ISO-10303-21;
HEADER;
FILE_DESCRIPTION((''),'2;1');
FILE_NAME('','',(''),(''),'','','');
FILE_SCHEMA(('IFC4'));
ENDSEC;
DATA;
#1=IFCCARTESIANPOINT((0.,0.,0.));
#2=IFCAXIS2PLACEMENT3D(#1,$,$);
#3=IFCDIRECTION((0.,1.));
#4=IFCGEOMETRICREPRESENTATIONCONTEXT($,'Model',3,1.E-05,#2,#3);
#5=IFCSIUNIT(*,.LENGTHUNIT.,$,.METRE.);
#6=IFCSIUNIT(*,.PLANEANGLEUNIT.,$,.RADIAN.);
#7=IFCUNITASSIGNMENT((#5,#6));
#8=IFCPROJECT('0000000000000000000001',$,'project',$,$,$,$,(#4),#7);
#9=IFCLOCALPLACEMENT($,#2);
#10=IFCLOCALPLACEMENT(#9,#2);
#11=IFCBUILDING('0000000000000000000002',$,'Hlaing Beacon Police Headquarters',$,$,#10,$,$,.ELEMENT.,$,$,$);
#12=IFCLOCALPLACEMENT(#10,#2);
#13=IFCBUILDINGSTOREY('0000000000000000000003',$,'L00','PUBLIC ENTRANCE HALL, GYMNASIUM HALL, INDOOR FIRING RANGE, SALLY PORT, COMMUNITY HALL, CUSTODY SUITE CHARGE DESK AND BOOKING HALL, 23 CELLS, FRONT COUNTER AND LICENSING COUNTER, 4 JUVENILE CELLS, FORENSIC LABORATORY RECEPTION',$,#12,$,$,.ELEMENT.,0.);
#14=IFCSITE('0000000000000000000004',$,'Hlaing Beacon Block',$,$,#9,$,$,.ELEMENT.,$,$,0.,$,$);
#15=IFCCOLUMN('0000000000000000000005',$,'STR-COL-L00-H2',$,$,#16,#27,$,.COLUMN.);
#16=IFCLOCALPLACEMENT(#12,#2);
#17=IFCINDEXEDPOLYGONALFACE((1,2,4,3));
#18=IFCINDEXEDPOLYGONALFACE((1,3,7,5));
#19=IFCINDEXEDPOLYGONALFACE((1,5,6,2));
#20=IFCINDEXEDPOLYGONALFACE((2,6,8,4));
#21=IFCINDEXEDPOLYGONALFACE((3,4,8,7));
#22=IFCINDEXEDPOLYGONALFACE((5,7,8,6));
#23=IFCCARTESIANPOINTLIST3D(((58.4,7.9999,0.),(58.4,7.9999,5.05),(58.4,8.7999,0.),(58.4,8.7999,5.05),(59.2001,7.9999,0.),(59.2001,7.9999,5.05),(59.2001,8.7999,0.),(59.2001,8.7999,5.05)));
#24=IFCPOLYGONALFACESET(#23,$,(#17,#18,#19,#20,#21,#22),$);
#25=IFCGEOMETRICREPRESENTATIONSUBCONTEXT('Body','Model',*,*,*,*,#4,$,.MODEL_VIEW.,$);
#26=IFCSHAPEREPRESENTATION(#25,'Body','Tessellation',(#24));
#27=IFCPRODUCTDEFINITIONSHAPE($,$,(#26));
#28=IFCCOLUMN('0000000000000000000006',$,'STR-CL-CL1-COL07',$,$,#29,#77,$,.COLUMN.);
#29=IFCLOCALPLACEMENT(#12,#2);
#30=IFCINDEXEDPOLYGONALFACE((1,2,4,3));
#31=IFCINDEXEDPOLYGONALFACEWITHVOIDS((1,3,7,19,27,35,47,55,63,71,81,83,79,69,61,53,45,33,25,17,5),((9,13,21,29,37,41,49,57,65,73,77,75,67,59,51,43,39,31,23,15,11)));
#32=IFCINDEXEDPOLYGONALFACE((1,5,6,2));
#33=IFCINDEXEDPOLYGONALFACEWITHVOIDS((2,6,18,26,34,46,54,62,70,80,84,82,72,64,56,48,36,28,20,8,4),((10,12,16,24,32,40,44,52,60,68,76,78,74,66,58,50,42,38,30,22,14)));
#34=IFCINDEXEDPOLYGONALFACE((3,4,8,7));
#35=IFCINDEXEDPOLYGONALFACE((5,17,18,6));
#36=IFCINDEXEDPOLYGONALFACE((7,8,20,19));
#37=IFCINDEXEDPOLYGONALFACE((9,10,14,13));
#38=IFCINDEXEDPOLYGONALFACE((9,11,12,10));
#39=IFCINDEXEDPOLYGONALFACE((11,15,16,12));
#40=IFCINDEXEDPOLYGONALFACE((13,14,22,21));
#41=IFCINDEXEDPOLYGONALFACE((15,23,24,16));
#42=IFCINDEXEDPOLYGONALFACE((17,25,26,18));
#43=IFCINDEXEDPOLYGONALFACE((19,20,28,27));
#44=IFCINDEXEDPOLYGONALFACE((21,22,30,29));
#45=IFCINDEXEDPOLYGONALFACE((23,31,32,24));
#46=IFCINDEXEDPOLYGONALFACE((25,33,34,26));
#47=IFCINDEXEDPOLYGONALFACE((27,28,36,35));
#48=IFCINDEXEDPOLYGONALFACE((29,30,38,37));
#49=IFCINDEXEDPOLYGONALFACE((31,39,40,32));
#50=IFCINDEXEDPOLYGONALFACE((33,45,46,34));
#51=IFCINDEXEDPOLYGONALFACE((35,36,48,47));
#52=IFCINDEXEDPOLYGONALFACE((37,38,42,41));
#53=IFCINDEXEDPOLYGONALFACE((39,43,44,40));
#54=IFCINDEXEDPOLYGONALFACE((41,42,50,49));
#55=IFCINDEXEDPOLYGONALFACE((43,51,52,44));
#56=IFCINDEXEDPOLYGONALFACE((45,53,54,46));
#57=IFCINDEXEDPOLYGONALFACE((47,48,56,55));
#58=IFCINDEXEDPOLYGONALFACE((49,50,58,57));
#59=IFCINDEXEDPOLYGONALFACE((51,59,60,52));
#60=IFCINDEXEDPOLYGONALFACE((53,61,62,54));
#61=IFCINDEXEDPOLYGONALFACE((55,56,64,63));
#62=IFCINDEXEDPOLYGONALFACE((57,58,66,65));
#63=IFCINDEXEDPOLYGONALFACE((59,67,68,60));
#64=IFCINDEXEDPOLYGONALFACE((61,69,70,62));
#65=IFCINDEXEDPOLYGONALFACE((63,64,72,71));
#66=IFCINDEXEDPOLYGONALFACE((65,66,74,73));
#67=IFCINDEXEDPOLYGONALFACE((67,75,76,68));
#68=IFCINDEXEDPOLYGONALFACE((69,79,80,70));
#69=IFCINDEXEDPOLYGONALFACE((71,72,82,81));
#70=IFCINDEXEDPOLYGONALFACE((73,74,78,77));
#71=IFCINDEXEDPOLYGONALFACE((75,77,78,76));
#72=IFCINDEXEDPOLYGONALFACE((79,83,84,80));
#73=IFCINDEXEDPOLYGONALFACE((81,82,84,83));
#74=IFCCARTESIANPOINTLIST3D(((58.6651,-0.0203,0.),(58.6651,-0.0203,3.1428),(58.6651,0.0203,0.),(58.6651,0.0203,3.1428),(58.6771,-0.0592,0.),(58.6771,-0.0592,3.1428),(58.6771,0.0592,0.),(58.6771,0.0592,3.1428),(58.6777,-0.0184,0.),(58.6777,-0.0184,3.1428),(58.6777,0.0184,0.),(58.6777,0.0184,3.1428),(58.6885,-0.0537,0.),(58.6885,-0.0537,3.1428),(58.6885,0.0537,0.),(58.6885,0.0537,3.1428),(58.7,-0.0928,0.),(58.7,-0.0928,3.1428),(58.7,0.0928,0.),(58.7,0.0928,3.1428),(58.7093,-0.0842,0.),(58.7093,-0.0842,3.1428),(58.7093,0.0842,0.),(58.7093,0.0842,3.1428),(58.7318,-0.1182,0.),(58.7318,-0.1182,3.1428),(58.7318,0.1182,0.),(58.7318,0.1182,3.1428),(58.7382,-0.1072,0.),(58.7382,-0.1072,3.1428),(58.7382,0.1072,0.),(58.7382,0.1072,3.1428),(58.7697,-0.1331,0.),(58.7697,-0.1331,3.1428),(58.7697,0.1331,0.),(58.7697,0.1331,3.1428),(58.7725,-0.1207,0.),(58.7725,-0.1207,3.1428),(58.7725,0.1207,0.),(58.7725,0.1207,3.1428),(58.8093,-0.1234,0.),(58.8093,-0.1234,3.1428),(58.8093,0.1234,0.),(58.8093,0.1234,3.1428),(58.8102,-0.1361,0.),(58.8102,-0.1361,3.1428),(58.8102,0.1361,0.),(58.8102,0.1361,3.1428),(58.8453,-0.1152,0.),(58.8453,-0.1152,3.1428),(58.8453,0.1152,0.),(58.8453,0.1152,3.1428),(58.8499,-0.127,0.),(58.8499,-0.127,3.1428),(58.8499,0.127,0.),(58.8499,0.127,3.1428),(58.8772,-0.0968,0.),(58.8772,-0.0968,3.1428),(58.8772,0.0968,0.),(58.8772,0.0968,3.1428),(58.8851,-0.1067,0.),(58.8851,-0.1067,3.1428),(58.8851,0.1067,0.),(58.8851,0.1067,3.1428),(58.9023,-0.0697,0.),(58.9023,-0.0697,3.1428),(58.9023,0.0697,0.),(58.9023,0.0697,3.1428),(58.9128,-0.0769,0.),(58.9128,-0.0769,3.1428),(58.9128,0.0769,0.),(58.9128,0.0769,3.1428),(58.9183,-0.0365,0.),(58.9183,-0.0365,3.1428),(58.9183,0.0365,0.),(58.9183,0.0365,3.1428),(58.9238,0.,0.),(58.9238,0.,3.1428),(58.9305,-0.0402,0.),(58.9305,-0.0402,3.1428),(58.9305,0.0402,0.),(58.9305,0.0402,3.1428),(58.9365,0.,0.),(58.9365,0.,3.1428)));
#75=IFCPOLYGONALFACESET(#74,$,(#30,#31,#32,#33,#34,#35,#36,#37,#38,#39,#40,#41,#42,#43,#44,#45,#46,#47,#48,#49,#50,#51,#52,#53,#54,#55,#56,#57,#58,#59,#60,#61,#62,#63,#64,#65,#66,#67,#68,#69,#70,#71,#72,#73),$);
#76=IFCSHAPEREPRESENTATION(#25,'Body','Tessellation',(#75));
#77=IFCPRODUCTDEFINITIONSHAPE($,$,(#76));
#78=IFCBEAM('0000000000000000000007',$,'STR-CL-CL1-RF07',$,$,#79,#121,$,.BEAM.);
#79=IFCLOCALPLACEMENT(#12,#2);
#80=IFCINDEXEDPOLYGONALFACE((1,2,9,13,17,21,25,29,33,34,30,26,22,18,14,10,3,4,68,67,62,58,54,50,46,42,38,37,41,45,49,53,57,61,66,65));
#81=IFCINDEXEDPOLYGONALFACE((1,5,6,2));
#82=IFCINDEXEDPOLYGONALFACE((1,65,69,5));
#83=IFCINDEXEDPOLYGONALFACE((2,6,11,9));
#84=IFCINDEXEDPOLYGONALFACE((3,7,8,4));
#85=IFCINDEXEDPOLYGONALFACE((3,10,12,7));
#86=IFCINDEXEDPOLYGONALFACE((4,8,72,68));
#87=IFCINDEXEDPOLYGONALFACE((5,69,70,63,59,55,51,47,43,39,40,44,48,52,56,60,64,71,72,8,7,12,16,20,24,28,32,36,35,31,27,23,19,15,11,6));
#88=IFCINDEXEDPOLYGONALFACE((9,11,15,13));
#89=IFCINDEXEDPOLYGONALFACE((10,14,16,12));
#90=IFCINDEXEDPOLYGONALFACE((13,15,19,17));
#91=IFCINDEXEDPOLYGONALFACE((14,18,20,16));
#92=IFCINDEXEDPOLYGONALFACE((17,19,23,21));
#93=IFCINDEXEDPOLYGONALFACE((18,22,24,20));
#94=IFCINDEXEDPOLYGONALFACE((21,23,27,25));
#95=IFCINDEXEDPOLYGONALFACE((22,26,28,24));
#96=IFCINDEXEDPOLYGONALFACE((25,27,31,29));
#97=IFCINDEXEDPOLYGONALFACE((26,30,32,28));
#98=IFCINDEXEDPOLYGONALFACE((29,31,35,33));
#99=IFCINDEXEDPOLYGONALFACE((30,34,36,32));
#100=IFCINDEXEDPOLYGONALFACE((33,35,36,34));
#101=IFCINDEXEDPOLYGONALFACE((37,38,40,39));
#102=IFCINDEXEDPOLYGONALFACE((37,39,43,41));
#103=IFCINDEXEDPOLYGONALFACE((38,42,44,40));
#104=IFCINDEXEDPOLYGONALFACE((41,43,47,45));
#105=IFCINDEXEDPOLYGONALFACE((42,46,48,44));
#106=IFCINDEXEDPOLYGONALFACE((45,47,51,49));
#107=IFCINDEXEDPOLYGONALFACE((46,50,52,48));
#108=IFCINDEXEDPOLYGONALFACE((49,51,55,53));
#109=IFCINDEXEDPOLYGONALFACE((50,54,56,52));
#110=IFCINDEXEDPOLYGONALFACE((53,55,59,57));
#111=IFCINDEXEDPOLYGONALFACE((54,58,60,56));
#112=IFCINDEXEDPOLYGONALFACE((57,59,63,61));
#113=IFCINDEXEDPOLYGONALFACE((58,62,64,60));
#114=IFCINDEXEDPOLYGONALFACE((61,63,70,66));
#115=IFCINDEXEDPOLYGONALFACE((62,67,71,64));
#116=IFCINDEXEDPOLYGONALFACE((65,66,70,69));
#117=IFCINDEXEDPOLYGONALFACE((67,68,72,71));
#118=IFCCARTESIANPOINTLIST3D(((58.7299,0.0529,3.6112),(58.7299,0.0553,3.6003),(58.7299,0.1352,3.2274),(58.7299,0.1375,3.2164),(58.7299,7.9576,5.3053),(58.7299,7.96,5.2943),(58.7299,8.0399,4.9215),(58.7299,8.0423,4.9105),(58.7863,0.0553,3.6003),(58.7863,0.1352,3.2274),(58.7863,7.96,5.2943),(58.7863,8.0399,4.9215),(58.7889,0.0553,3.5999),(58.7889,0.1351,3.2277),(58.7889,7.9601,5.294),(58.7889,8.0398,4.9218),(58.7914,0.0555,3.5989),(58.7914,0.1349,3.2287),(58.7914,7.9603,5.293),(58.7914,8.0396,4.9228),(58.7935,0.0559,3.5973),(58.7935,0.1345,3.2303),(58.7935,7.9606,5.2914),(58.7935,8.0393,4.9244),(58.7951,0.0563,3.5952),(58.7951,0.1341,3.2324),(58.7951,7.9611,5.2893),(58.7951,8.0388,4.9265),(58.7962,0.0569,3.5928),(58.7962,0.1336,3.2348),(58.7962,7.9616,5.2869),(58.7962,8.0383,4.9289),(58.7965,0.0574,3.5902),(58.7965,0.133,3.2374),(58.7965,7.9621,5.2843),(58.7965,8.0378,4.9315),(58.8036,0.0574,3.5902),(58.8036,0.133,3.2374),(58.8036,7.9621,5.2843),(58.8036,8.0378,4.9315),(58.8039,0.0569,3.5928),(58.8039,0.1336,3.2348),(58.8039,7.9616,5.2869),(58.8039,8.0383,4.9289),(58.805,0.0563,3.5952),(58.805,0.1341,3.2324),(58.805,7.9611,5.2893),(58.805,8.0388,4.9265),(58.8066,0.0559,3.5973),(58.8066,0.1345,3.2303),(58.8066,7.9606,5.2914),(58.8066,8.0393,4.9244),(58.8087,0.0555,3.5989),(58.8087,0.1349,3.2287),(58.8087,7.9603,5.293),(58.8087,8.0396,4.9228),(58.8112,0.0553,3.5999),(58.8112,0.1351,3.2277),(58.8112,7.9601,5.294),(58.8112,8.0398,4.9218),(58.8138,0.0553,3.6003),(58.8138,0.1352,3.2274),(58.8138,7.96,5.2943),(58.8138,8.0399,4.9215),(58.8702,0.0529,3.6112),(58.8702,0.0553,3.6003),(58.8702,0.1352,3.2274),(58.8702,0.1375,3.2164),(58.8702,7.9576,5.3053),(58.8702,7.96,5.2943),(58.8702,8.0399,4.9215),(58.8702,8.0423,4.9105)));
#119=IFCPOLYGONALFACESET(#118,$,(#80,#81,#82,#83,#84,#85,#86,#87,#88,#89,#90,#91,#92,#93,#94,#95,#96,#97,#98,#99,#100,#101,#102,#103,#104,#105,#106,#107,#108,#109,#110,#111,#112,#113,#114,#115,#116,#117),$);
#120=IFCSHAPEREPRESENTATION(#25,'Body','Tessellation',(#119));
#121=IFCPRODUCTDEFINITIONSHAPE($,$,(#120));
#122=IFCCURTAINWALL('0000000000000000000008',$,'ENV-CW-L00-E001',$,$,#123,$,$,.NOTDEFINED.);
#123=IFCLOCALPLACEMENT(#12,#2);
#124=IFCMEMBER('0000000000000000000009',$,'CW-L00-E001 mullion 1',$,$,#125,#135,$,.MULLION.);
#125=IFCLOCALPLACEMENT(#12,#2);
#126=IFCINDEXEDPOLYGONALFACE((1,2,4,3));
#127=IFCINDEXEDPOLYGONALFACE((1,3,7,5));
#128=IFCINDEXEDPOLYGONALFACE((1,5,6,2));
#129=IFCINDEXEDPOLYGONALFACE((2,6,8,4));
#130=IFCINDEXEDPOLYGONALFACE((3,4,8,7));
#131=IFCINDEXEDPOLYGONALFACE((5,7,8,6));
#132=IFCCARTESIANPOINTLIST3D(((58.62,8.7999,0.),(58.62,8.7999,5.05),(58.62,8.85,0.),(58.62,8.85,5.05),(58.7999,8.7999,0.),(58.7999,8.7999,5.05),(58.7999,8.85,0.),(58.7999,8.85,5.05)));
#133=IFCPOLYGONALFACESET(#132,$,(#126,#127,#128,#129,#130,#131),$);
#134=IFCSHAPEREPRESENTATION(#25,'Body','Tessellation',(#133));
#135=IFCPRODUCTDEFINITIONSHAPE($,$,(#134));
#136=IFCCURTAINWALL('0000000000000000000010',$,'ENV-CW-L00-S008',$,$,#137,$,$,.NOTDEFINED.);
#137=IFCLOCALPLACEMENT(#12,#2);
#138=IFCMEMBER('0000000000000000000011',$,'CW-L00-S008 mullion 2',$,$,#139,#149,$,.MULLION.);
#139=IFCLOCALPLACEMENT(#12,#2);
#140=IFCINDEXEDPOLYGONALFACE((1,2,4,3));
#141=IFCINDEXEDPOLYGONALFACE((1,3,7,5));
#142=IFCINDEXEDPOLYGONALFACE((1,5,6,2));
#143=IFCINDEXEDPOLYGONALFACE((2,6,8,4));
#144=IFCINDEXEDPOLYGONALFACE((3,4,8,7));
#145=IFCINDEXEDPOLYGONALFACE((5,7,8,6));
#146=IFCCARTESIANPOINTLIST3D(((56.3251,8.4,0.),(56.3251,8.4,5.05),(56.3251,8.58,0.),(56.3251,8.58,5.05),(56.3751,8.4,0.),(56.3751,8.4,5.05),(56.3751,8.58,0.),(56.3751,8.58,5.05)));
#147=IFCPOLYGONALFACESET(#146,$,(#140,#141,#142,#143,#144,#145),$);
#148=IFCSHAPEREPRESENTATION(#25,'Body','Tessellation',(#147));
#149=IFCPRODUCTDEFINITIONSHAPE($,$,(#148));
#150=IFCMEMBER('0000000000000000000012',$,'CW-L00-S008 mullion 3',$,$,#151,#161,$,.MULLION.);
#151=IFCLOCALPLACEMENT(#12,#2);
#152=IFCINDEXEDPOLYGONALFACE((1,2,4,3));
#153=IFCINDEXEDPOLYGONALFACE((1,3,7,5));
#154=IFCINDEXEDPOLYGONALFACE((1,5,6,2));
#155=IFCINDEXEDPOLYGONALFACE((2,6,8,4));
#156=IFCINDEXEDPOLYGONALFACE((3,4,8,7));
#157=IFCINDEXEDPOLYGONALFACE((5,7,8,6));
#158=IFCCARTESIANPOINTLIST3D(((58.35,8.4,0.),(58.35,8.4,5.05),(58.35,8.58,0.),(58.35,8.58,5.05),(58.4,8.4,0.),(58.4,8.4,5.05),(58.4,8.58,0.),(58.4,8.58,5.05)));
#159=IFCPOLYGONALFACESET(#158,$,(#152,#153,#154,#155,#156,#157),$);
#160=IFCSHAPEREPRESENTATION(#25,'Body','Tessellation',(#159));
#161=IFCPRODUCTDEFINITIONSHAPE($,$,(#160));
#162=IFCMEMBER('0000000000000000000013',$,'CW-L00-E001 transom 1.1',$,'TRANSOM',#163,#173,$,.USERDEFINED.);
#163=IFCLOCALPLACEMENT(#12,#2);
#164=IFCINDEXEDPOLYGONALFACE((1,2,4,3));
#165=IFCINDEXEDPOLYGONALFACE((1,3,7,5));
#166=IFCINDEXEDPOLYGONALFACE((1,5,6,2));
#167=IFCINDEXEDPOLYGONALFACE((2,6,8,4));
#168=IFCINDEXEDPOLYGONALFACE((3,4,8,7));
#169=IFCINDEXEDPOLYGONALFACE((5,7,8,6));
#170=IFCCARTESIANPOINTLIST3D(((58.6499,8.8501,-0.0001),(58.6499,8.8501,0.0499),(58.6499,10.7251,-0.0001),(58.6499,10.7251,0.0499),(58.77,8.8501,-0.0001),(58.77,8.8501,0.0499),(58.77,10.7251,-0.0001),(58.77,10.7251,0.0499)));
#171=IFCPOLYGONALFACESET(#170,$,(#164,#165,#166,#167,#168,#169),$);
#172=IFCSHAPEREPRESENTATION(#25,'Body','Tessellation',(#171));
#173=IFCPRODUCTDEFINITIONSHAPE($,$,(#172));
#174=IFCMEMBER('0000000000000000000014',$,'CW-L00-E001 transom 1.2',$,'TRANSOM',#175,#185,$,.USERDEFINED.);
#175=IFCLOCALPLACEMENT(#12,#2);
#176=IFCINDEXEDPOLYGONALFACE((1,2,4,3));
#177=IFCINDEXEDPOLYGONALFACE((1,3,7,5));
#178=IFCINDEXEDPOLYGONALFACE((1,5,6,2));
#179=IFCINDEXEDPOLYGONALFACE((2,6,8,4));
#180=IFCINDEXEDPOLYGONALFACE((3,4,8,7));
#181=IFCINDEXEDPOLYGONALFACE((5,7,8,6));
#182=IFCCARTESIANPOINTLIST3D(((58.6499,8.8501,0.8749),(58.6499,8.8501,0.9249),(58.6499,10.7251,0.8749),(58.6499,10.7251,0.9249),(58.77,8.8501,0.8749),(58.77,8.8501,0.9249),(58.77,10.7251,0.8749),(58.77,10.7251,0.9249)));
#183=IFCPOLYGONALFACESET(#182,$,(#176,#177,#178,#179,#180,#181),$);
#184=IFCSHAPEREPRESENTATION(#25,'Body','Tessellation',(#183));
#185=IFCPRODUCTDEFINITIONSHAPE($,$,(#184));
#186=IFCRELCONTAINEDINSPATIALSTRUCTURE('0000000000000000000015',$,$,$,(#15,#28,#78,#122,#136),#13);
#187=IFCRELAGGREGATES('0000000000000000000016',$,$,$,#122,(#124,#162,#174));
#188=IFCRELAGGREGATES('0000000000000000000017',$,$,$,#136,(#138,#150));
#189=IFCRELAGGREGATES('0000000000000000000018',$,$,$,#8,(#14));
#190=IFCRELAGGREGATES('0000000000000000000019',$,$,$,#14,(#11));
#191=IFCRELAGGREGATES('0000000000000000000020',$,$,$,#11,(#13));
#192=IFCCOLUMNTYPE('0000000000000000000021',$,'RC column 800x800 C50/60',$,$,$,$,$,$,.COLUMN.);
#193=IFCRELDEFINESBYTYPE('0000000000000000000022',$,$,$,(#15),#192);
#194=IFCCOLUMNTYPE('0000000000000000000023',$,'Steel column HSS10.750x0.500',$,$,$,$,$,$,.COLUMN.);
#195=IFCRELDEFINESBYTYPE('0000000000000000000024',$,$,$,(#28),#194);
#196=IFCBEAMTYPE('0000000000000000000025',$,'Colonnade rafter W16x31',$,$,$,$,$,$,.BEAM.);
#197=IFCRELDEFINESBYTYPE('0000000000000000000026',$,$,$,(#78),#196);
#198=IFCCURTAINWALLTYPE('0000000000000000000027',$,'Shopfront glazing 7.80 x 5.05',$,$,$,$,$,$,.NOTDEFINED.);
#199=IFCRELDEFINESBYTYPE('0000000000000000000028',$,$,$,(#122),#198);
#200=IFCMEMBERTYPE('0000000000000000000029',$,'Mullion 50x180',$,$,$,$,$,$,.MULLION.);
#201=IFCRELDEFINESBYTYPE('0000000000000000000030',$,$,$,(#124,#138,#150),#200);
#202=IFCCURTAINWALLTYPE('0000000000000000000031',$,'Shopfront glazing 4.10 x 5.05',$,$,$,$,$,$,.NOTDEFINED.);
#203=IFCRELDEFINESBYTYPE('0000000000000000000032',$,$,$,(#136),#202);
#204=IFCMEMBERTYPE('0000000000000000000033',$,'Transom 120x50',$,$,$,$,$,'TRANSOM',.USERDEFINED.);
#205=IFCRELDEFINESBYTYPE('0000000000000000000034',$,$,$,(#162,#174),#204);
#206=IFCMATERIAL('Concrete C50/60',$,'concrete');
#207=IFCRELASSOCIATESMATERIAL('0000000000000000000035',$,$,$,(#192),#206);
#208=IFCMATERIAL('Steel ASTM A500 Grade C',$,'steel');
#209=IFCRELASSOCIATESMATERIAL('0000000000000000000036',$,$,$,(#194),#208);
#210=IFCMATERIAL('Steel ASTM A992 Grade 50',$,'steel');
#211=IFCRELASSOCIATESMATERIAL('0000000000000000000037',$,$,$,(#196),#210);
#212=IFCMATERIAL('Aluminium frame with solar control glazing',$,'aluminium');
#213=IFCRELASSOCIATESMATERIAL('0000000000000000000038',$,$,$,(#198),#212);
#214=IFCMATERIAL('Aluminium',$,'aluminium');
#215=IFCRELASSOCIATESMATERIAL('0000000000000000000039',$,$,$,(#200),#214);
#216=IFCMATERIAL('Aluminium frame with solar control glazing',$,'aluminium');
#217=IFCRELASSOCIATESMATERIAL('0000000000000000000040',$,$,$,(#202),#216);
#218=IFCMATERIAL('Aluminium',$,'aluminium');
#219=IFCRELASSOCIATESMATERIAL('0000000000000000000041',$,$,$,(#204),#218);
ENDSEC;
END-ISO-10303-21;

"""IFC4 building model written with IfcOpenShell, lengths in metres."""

from ifc_helpers import new_model, si_unit, direction, frame, origin, origin_2d, place, context, subcontext, project, spatial, rectangle, hollow_circle, i_section, extrude, material, material_profile, profile_set, type_object, element, aggregate, save


model = new_model("IFC4")

# Units and contexts
model_context = context("Model", 3, precision=1e-05, world=origin(), true_north=direction((0.0, 1.0)))
body_context = subcontext(model_context, "Body", "Model", "MODEL_VIEW")
ifc_project = project(units=[si_unit("LENGTHUNIT", "METRE"), si_unit("PLANEANGLEUNIT", "RADIAN")], contexts=[model_context])

# Site, building, storey
site_placement = place(None, origin())
site = spatial("IfcSite", under=ifc_project, at=site_placement, Name="Hlaing Beacon Block", CompositionType="ELEMENT", RefElevation=0.0)
building_placement = place(site_placement, origin())
building = spatial("IfcBuilding", under=site, at=building_placement, Name="Hlaing Beacon Police Headquarters", CompositionType="ELEMENT")
storey_placement = place(building_placement, origin())
storey = spatial("IfcBuildingStorey", under=building, at=storey_placement, Name="L00", Description="PUBLIC ENTRANCE HALL, GYMNASIUM HALL, INDOOR FIRING RANGE, SALLY PORT, COMMUNITY HALL, CUSTODY SUITE CHARGE DESK AND BOOKING HALL, 23 CELLS, FRONT COUNTER AND LICENSING COUNTER, 4 JUVENILE CELLS, FORENSIC LABORATORY RECEPTION", CompositionType="ELEMENT", Elevation=0.0)

# Columns
ifc_material_1 = material(Name="Concrete C50/60", Category="concrete")
ifc_material_profile_1 = material_profile(ifc_material_1, rectangle(XDim=0.8, YDim=0.8, at=origin_2d()), Name="800x800")
ifc_profile_set_1 = profile_set([ifc_material_profile_1], Name="Concrete C50/60")
column_type_1 = type_object("IfcColumnType", Name="RC column 800x800 C50/60", PredefinedType="COLUMN", material=ifc_profile_set_1)
column_1_placement = place(storey_placement, frame((58.8, 8.3999, 0.0), z_axis=(0.0, 0.0, 1.0), x_axis=(1.0, 0.0, 0.0)))
element("IfcColumn", 1, at=column_1_placement, inside=storey, type_object=column_type_1, Name="STR-COL-L00-H2", PredefinedType="COLUMN", context=body_context, shape_type="SweptSolid", body=[
    extrude(rectangle(XDim=0.8, YDim=0.8, at=origin_2d()), origin(), (0.0, 0.0, 1.0), 5.05),
])
ifc_material_2 = material(Name="Steel ASTM A500 Grade C", Category="steel")
ifc_material_profile_2 = material_profile(ifc_material_2, hollow_circle(Radius=0.1365, WallThickness=0.0127, at=origin_2d()), Name="HSS10.750x0.500")
ifc_profile_set_2 = profile_set([ifc_material_profile_2], Name="Steel ASTM A500 Grade C")
column_type_2 = type_object("IfcColumnType", Name="Steel column HSS10.750x0.500", PredefinedType="COLUMN", material=ifc_profile_set_2)
column_2_placement = place(storey_placement, frame((58.8, 0.0, 0.0), z_axis=(0.0, 0.0, 1.0), x_axis=(1.0, 0.0, 0.0)))
element("IfcColumn", 2, at=column_2_placement, inside=storey, type_object=column_type_2, Name="STR-CL-CL1-COL07", PredefinedType="COLUMN", context=body_context, shape_type="SweptSolid", body=[
    extrude(hollow_circle(Radius=0.1365, WallThickness=0.0127, at=origin_2d()), origin(), (0.0, 0.0, 1.0), 3.1428),
])

# Beam
ifc_material_3 = material(Name="Steel ASTM A992 Grade 50", Category="steel")
ifc_material_profile_3 = material_profile(ifc_material_3, i_section(OverallWidth=0.1404, OverallDepth=0.4038, WebThickness=0.0071, FlangeThickness=0.0112, FilletRadius=0.0103, at=origin_2d()), Name="W16x31")
ifc_profile_set_3 = profile_set([ifc_material_profile_3], Name="Steel ASTM A992 Grade 50")
beam_type = type_object("IfcBeamType", Name="Colonnade rafter W16x31", PredefinedType="BEAM", material=ifc_profile_set_3)
beam_placement = place(storey_placement, frame((58.8, 0.0952, 3.4138), z_axis=(0.0, 0.977797, 0.209554), x_axis=(-1.0, 0.0, 0.0)))
element("IfcBeam", 3, at=beam_placement, inside=storey, type_object=beam_type, Name="STR-CL-CL1-RF07", PredefinedType="BEAM", context=body_context, shape_type="SweptSolid", body=[
    extrude(i_section(OverallWidth=0.1404, OverallDepth=0.4038, WebThickness=0.0071, FlangeThickness=0.0112, FilletRadius=0.0103, at=origin_2d()), origin(), (0.0, 0.0, 1.0), 8.0842),
])

# Curtain wall, member
ifc_material_4 = material(Name="Aluminium frame with solar control glazing", Category="aluminium")
curtain_wall_type_1 = type_object("IfcCurtainWallType", Name="Shopfront glazing 7.80 x 5.05", PredefinedType="NOTDEFINED", material=ifc_material_4)
curtain_wall_1_placement = place(storey_placement, origin())
curtain_wall_1 = element("IfcCurtainWall", 4, at=curtain_wall_1_placement, inside=storey, type_object=curtain_wall_type_1, Name="ENV-CW-L00-E001", PredefinedType="NOTDEFINED")
ifc_material_5 = material(Name="Aluminium", Category="aluminium")
ifc_material_profile_4 = material_profile(ifc_material_5, rectangle(XDim=0.1799, YDim=0.05, at=origin_2d()), Name="Mullion 50x180")
ifc_profile_set_4 = profile_set([ifc_material_profile_4], Name="Aluminium")
member_type_1 = type_object("IfcMemberType", Name="Mullion 50x180", PredefinedType="MULLION", material=ifc_profile_set_4)
member_1_placement = place(storey_placement, frame((58.71, 8.825, 0.0), z_axis=(0.0, 0.0, 1.0), x_axis=(-1.0, 0.0, 0.0)))
member_1 = element("IfcMember", 5, at=member_1_placement, type_object=member_type_1, Name="CW-L00-E001 mullion 1", PredefinedType="MULLION", context=body_context, shape_type="SweptSolid", body=[
    extrude(rectangle(XDim=0.1799, YDim=0.05, at=origin_2d()), origin(), (0.0, 0.0, 1.0), 5.05),
])

# Curtain wall, members
ifc_material_6 = material(Name="Aluminium frame with solar control glazing", Category="aluminium")
curtain_wall_type_2 = type_object("IfcCurtainWallType", Name="Shopfront glazing 4.10 x 5.05", PredefinedType="NOTDEFINED", material=ifc_material_6)
curtain_wall_2_placement = place(storey_placement, origin())
curtain_wall_2 = element("IfcCurtainWall", 6, at=curtain_wall_2_placement, inside=storey, type_object=curtain_wall_type_2, Name="ENV-CW-L00-S008", PredefinedType="NOTDEFINED")
member_2_placement = place(storey_placement, frame((56.3501, 8.49, 0.0), z_axis=(0.0, 0.0, 1.0), x_axis=(0.0, 1.0, 0.0)))
member_2 = element("IfcMember", 7, at=member_2_placement, type_object=member_type_1, Name="CW-L00-S008 mullion 2", PredefinedType="MULLION", context=body_context, shape_type="SweptSolid", body=[
    extrude(rectangle(XDim=0.1799, YDim=0.05, at=origin_2d()), origin(), (0.0, 0.0, 1.0), 5.05),
])
member_3_placement = place(storey_placement, frame((58.375, 8.49, 0.0), z_axis=(0.0, 0.0, 1.0), x_axis=(0.0, 1.0, 0.0)))
member_3 = element("IfcMember", 8, at=member_3_placement, type_object=member_type_1, Name="CW-L00-S008 mullion 3", PredefinedType="MULLION", context=body_context, shape_type="SweptSolid", body=[
    extrude(rectangle(XDim=0.1799, YDim=0.05, at=origin_2d()), origin(), (0.0, 0.0, 1.0), 5.05),
])

# Members
ifc_material_7 = material(Name="Aluminium", Category="aluminium")
ifc_material_profile_5 = material_profile(ifc_material_7, rectangle(XDim=0.1201, YDim=0.05, at=origin_2d()), Name="Transom 120x50")
ifc_profile_set_5 = profile_set([ifc_material_profile_5], Name="Aluminium")
member_type_2 = type_object("IfcMemberType", Name="Transom 120x50", ElementType="TRANSOM", PredefinedType="USERDEFINED", material=ifc_profile_set_5)
member_4_placement = place(storey_placement, frame((58.71, 8.8501, 0.0249), z_axis=(0.0, 1.0, 0.0), x_axis=(-1.0, 0.0, 0.0)))
member_4 = element("IfcMember", 9, at=member_4_placement, type_object=member_type_2, Name="CW-L00-E001 transom 1.1", ObjectType="TRANSOM", PredefinedType="USERDEFINED", context=body_context, shape_type="SweptSolid", body=[
    extrude(rectangle(XDim=0.1201, YDim=0.05, at=origin_2d()), origin(), (0.0, 0.0, 1.0), 1.875),
])
member_5_placement = place(storey_placement, frame((58.71, 8.8501, 0.8999), z_axis=(0.0, 1.0, 0.0), x_axis=(-1.0, 0.0, 0.0)))
member_5 = element("IfcMember", 10, at=member_5_placement, type_object=member_type_2, Name="CW-L00-E001 transom 1.2", ObjectType="TRANSOM", PredefinedType="USERDEFINED", context=body_context, shape_type="SweptSolid", body=[
    extrude(rectangle(XDim=0.1201, YDim=0.05, at=origin_2d()), origin(), (0.0, 0.0, 1.0), 1.875),
])
aggregate(curtain_wall_1, [member_1, member_4, member_5])

aggregate(curtain_wall_2, [member_2, member_3])

save(model, "model.ifc")
